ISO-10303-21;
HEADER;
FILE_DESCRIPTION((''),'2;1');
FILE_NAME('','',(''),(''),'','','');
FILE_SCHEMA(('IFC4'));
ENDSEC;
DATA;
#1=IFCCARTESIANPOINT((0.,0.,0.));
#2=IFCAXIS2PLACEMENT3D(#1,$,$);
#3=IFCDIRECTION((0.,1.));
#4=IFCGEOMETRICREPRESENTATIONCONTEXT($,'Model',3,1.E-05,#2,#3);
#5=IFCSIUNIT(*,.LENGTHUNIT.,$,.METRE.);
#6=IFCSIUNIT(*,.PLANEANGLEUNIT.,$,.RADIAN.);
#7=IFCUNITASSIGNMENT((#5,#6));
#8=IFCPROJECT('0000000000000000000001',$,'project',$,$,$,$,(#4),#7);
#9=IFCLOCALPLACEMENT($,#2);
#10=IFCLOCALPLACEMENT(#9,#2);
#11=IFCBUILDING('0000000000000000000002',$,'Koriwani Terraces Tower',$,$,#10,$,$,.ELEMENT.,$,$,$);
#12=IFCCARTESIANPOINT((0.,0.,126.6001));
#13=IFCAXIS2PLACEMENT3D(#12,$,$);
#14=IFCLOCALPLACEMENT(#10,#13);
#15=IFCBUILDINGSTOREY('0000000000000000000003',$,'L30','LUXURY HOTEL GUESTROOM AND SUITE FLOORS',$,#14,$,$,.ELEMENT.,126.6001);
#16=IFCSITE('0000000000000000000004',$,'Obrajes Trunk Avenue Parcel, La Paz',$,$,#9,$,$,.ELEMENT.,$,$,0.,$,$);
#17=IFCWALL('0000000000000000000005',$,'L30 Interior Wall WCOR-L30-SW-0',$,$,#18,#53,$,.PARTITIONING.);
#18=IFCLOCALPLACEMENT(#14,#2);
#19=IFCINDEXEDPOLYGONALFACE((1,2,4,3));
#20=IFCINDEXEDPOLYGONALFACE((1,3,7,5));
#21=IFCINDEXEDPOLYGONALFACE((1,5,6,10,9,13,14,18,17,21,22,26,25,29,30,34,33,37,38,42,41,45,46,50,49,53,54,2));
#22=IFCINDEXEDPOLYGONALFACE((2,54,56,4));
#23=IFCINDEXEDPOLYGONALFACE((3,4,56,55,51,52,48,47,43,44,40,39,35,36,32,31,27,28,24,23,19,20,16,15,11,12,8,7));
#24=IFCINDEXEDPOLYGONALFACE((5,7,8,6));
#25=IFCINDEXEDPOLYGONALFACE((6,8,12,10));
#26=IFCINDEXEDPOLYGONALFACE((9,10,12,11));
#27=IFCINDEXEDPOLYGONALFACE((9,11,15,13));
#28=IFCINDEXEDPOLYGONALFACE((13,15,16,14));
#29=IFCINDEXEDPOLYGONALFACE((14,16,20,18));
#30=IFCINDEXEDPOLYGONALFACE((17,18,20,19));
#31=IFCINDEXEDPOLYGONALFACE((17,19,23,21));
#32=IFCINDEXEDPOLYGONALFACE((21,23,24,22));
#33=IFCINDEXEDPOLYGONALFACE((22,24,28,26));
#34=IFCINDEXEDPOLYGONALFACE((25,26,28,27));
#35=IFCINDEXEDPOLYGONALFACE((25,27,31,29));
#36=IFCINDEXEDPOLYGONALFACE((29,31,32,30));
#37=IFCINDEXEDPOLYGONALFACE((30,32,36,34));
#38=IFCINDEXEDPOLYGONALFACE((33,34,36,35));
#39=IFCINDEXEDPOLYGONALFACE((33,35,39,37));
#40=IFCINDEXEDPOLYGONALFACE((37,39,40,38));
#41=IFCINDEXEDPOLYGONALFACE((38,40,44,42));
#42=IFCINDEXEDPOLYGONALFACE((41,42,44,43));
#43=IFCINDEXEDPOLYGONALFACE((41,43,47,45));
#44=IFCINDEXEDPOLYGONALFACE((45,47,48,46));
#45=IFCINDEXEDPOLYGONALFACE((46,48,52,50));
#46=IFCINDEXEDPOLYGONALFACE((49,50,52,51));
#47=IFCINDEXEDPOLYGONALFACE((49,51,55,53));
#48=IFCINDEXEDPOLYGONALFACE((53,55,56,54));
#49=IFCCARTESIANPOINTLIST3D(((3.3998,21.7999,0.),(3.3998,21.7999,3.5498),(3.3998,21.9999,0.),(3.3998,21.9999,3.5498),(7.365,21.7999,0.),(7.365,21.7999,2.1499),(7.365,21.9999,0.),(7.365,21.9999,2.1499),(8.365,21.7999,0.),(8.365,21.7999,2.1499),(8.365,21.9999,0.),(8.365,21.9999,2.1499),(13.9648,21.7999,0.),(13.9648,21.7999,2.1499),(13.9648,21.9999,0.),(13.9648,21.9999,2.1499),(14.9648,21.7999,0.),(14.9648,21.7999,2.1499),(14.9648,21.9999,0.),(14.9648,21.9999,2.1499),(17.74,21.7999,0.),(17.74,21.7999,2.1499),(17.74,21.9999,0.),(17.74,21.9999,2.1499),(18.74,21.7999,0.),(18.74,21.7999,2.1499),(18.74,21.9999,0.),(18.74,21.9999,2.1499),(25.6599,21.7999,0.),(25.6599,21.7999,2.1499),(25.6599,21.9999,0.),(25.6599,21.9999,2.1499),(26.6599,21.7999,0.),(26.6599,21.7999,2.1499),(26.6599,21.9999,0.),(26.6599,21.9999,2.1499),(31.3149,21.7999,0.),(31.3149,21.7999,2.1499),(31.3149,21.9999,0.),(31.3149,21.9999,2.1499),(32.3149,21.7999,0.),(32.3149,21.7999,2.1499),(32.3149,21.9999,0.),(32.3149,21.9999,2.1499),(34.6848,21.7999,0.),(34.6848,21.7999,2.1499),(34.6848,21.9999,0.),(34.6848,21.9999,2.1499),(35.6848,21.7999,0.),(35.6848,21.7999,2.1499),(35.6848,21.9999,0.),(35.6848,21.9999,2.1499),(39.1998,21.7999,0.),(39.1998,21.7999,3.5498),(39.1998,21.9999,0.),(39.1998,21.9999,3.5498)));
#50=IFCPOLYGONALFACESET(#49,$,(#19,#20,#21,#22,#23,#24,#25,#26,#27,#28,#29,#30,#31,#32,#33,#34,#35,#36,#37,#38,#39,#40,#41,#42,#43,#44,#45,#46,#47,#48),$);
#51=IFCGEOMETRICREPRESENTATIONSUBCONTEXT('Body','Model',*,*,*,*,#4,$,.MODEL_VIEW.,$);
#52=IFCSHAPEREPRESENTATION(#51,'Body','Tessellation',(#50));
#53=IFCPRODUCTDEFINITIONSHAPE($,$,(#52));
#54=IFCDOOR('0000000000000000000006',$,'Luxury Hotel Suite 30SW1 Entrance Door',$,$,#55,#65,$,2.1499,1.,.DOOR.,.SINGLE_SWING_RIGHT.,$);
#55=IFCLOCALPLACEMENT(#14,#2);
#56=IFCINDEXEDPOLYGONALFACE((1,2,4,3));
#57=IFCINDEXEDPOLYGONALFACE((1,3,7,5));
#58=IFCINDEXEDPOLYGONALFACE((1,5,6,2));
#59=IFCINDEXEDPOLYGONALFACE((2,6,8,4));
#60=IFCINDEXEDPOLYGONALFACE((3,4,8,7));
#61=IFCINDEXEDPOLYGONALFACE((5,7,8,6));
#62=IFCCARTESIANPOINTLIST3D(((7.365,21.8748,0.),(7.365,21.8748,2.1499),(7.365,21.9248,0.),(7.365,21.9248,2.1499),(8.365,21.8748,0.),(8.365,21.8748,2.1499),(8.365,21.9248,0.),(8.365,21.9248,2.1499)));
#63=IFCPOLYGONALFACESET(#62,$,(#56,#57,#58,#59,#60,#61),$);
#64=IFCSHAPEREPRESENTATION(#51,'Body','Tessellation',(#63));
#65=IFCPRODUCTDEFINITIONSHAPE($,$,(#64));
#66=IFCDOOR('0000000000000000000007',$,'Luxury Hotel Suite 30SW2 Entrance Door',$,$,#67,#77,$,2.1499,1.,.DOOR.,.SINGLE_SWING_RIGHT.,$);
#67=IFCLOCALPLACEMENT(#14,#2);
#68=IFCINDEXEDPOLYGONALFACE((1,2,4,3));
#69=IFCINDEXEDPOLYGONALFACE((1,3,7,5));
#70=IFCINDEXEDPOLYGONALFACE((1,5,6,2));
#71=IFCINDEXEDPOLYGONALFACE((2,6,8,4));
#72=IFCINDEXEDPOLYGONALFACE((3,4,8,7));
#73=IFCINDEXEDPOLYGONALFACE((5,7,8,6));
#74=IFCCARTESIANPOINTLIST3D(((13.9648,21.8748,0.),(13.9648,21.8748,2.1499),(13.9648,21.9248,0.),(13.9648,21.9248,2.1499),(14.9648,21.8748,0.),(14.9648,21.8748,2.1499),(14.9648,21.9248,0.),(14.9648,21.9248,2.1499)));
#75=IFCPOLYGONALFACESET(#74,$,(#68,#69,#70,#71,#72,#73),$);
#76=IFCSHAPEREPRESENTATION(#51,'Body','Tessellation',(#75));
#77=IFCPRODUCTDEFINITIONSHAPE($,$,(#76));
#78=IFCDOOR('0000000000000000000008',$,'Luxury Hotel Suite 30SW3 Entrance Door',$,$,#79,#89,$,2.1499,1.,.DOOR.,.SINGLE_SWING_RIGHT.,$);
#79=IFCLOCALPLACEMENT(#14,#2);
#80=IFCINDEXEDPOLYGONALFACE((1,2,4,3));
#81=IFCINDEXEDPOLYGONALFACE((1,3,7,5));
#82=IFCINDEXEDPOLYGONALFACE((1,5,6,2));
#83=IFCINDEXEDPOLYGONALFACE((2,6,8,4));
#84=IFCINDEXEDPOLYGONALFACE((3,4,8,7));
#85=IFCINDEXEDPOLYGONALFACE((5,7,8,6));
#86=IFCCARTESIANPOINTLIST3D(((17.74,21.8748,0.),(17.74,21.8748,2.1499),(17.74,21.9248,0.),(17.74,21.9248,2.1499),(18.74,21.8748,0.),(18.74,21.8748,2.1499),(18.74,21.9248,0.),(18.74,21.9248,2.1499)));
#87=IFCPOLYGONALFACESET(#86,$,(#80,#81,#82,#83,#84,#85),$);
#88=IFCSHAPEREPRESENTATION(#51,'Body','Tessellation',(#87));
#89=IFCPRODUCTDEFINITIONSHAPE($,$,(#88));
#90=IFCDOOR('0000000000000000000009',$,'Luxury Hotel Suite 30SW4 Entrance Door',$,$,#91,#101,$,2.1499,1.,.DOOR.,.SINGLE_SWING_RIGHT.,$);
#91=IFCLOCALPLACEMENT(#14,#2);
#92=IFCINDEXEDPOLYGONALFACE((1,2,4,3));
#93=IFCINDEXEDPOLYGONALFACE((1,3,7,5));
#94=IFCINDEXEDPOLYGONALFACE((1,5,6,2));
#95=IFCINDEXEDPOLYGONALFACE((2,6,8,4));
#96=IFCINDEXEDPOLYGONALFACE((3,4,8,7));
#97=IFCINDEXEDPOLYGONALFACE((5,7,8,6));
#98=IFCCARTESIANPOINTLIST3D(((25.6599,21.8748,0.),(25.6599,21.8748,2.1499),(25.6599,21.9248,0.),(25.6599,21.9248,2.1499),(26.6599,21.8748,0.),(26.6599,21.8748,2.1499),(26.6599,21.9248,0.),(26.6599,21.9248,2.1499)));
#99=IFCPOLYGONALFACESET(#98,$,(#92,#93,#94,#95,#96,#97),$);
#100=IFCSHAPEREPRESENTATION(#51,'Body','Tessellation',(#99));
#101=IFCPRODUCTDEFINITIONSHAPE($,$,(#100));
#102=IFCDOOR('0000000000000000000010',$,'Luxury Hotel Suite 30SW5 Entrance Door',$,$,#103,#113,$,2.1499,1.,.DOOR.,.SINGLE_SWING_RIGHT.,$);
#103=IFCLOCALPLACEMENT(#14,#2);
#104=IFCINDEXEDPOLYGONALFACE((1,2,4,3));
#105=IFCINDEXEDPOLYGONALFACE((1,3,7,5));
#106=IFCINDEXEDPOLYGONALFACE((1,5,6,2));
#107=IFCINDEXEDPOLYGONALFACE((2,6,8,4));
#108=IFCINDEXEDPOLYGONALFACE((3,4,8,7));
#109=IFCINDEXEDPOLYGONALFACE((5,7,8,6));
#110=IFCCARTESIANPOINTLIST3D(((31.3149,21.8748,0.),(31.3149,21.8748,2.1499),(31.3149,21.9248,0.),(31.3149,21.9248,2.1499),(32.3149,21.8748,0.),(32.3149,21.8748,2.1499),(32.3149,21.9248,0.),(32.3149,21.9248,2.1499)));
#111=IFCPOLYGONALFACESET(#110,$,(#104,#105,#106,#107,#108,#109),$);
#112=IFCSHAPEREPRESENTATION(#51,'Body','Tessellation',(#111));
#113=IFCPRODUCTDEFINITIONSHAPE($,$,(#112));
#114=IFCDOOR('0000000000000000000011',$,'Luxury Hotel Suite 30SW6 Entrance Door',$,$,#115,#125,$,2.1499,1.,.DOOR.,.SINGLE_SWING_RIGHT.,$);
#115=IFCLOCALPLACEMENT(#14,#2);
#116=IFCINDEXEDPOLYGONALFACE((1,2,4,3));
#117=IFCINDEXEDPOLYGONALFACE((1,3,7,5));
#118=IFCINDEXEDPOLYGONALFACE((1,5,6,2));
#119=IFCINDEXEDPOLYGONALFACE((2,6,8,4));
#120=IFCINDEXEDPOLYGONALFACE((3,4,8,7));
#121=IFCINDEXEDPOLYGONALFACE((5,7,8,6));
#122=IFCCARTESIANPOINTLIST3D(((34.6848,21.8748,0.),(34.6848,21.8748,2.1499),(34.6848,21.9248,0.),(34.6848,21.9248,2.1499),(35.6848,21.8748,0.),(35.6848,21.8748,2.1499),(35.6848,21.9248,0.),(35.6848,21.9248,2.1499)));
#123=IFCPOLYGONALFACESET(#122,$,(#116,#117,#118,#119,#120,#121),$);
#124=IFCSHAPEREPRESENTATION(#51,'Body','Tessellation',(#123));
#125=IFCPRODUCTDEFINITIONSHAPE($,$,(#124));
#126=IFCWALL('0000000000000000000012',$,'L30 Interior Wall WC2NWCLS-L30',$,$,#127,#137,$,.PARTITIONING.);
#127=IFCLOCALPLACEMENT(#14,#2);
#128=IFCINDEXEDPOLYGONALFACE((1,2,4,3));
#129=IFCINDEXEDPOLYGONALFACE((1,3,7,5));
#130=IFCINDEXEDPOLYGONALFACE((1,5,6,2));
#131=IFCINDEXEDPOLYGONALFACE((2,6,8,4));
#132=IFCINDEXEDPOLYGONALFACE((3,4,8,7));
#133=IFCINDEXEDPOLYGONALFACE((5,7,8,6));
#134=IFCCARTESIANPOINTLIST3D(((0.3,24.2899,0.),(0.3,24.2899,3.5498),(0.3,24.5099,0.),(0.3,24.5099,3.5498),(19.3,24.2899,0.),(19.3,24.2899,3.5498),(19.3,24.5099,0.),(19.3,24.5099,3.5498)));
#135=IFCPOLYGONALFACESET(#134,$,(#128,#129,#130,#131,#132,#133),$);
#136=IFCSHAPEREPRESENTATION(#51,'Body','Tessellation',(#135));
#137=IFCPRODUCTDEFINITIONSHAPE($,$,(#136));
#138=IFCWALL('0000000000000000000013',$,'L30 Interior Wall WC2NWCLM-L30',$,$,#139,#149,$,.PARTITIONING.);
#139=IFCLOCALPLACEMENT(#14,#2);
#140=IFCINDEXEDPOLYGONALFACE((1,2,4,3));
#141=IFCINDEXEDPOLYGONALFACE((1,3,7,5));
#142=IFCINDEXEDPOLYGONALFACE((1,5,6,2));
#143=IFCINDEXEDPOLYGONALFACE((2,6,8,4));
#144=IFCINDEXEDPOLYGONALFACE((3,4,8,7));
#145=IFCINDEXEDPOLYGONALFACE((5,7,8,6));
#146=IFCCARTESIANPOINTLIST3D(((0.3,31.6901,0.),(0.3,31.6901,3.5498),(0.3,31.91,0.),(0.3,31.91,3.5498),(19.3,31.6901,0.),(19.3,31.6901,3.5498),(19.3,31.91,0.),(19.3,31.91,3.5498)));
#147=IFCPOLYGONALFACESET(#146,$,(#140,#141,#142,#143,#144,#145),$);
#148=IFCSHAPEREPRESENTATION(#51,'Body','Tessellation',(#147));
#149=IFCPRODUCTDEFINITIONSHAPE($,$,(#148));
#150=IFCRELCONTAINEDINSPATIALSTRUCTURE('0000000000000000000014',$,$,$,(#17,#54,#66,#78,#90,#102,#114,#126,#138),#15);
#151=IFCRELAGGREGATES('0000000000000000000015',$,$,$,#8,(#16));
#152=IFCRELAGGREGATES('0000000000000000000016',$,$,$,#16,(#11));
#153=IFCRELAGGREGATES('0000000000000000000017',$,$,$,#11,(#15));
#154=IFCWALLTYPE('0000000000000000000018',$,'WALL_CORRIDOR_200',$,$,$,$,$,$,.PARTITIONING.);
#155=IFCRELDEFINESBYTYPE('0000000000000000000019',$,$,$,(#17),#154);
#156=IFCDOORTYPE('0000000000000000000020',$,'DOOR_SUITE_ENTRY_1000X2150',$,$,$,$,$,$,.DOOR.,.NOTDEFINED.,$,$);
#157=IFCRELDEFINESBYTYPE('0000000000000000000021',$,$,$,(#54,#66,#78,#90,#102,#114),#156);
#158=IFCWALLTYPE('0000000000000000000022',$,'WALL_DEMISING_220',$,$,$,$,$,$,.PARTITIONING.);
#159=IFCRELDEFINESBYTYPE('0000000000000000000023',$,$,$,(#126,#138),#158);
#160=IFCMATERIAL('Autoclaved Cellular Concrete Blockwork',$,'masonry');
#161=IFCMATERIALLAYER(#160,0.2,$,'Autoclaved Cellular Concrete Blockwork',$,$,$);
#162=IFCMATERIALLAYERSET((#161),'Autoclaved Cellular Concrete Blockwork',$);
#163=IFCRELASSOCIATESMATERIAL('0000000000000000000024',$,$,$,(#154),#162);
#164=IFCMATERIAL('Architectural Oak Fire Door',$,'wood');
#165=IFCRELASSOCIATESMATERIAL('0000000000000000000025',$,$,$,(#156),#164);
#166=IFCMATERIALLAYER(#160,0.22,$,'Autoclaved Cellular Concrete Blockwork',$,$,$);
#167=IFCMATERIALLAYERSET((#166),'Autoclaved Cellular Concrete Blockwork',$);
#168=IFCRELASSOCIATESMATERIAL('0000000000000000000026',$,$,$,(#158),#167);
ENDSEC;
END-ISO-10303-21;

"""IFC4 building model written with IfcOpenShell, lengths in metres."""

from ifc_helpers import new_model, si_unit, direction, frame, frame_2d, origin, place, context, subcontext, project, spatial, rectangle, extrude, material, layer, layer_set, type_object, element, fill, save


model = new_model("IFC4")

# Units and contexts
model_context = context("Model", 3, precision=1e-05, world=origin(), true_north=direction((0.0, 1.0)))
body_context = subcontext(model_context, "Body", "Model", "MODEL_VIEW")
ifc_project = project(units=[si_unit("LENGTHUNIT", "METRE"), si_unit("PLANEANGLEUNIT", "RADIAN")], contexts=[model_context])

# Site, building, storey
site_placement = place(None, origin())
site = spatial("IfcSite", under=ifc_project, at=site_placement, Name="Obrajes Trunk Avenue Parcel, La Paz", CompositionType="ELEMENT", RefElevation=0.0)
building_placement = place(site_placement, origin())
building = spatial("IfcBuilding", under=site, at=building_placement, Name="Koriwani Terraces Tower", CompositionType="ELEMENT")
storey_placement = place(building_placement, frame((0.0, 0.0, 126.6001)))
storey = spatial("IfcBuildingStorey", under=building, at=storey_placement, Name="L30", Description="LUXURY HOTEL GUESTROOM AND SUITE FLOORS", CompositionType="ELEMENT", Elevation=126.6001)

# Wall, openings, doors
ifc_material_1 = material(Name="Autoclaved Cellular Concrete Blockwork", Category="masonry")
ifc_layer_1 = layer(ifc_material_1, 0.2, Name="Autoclaved Cellular Concrete Blockwork")
ifc_layer_set_1 = layer_set([ifc_layer_1], Name="Autoclaved Cellular Concrete Blockwork")
wall_type_1 = type_object("IfcWallType", Name="WALL_CORRIDOR_200", PredefinedType="PARTITIONING", material=ifc_layer_set_1)
wall_placement = place(storey_placement, frame((3.3999, 21.8999, 0.0), z_axis=(0.0, 0.0, 1.0), x_axis=(1.0, 0.0, 0.0)))
wall = element("IfcWall", 1, at=wall_placement, inside=storey, type_object=wall_type_1, Name="L30 Interior Wall WCOR-L30-SW-0", PredefinedType="PARTITIONING", context=body_context, shape_type="SweptSolid", body=[
    extrude(rectangle(XDim=35.8, YDim=0.2, at=frame_2d((17.8999, 0.0))), origin(), (0.0, 0.0, 1.0), 3.5498),
])
opening_1_placement = place(wall_placement, frame((3.9651, 0.0, 0.0)))
opening_1 = element("IfcOpeningElement", 2, at=opening_1_placement, cuts=wall, PredefinedType="OPENING", context=body_context, shape_type="SweptSolid", body=[
    extrude(rectangle(XDim=1.0, YDim=2.1499, at=frame_2d((0.5, 1.075))), frame((0.0, 0.1099, 0.0), z_axis=(0.0, -1.0, 0.0), x_axis=(1.0, 0.0, 0.0)), (0.0, 0.0, 1.0), 0.22),
])
opening_2_placement = place(wall_placement, frame((10.5649, 0.0, 0.0)))
opening_2 = element("IfcOpeningElement", 3, at=opening_2_placement, cuts=wall, PredefinedType="OPENING", context=body_context, shape_type="SweptSolid", body=[
    extrude(rectangle(XDim=1.0, YDim=2.1499, at=frame_2d((0.5, 1.075))), frame((0.0, 0.1099, 0.0), z_axis=(0.0, -1.0, 0.0), x_axis=(1.0, 0.0, 0.0)), (0.0, 0.0, 1.0), 0.22),
])
opening_3_placement = place(wall_placement, frame((14.3401, 0.0, 0.0)))
opening_3 = element("IfcOpeningElement", 4, at=opening_3_placement, cuts=wall, PredefinedType="OPENING", context=body_context, shape_type="SweptSolid", body=[
    extrude(rectangle(XDim=1.0, YDim=2.1499, at=frame_2d((0.5, 1.075))), frame((0.0, 0.1099, 0.0), z_axis=(0.0, -1.0, 0.0), x_axis=(1.0, 0.0, 0.0)), (0.0, 0.0, 1.0), 0.22),
])
opening_4_placement = place(wall_placement, frame((22.26, 0.0, 0.0)))
opening_4 = element("IfcOpeningElement", 5, at=opening_4_placement, cuts=wall, PredefinedType="OPENING", context=body_context, shape_type="SweptSolid", body=[
    extrude(rectangle(XDim=1.0, YDim=2.1499, at=frame_2d((0.5, 1.075))), frame((0.0, 0.1099, 0.0), z_axis=(0.0, -1.0, 0.0), x_axis=(1.0, 0.0, 0.0)), (0.0, 0.0, 1.0), 0.22),
])
opening_5_placement = place(wall_placement, frame((27.915, 0.0, 0.0)))
opening_5 = element("IfcOpeningElement", 6, at=opening_5_placement, cuts=wall, PredefinedType="OPENING", context=body_context, shape_type="SweptSolid", body=[
    extrude(rectangle(XDim=1.0, YDim=2.1499, at=frame_2d((0.5, 1.075))), frame((0.0, 0.1099, 0.0), z_axis=(0.0, -1.0, 0.0), x_axis=(1.0, 0.0, 0.0)), (0.0, 0.0, 1.0), 0.22),
])
opening_6_placement = place(wall_placement, frame((31.2849, 0.0, 0.0)))
opening_6 = element("IfcOpeningElement", 7, at=opening_6_placement, cuts=wall, PredefinedType="OPENING", context=body_context, shape_type="SweptSolid", body=[
    extrude(rectangle(XDim=1.0, YDim=2.1499, at=frame_2d((0.5, 1.075))), frame((0.0, 0.1099, 0.0), z_axis=(0.0, -1.0, 0.0), x_axis=(1.0, 0.0, 0.0)), (0.0, 0.0, 1.0), 0.22),
])
ifc_material_2 = material(Name="Architectural Oak Fire Door", Category="wood")
door_type = type_object("IfcDoorType", Name="DOOR_SUITE_ENTRY_1000X2150", OperationType="NOTDEFINED", PredefinedType="DOOR", material=ifc_material_2)
door_1_placement = place(opening_1_placement, origin())
door_1 = element("IfcDoor", 8, at=door_1_placement, inside=storey, type_object=door_type, Name="Luxury Hotel Suite 30SW1 Entrance Door", OperationType="SINGLE_SWING_RIGHT", OverallHeight=2.1499, OverallWidth=1.0, PredefinedType="DOOR", context=body_context, shape_type="SweptSolid", body=[
    extrude(rectangle(XDim=1.0, YDim=2.1499, at=frame_2d((0.5, 1.075))), frame((0.0, 0.0249, 0.0), z_axis=(0.0, -1.0, 0.0), x_axis=(1.0, 0.0, 0.0)), (0.0, 0.0, 1.0), 0.05),
])
fill(opening_1, door_1)
door_2_placement = place(opening_2_placement, origin())
door_2 = element("IfcDoor", 9, at=door_2_placement, inside=storey, type_object=door_type, Name="Luxury Hotel Suite 30SW2 Entrance Door", OperationType="SINGLE_SWING_RIGHT", OverallHeight=2.1499, OverallWidth=1.0, PredefinedType="DOOR", context=body_context, shape_type="SweptSolid", body=[
    extrude(rectangle(XDim=1.0, YDim=2.1499, at=frame_2d((0.5, 1.075))), frame((0.0, 0.0249, 0.0), z_axis=(0.0, -1.0, 0.0), x_axis=(1.0, 0.0, 0.0)), (0.0, 0.0, 1.0), 0.05),
])
fill(opening_2, door_2)
door_3_placement = place(opening_3_placement, origin())
door_3 = element("IfcDoor", 10, at=door_3_placement, inside=storey, type_object=door_type, Name="Luxury Hotel Suite 30SW3 Entrance Door", OperationType="SINGLE_SWING_RIGHT", OverallHeight=2.1499, OverallWidth=1.0, PredefinedType="DOOR", context=body_context, shape_type="SweptSolid", body=[
    extrude(rectangle(XDim=1.0, YDim=2.1499, at=frame_2d((0.5, 1.075))), frame((0.0, 0.0249, 0.0), z_axis=(0.0, -1.0, 0.0), x_axis=(1.0, 0.0, 0.0)), (0.0, 0.0, 1.0), 0.05),
])
fill(opening_3, door_3)
door_4_placement = place(opening_4_placement, origin())
door_4 = element("IfcDoor", 11, at=door_4_placement, inside=storey, type_object=door_type, Name="Luxury Hotel Suite 30SW4 Entrance Door", OperationType="SINGLE_SWING_RIGHT", OverallHeight=2.1499, OverallWidth=1.0, PredefinedType="DOOR", context=body_context, shape_type="SweptSolid", body=[
    extrude(rectangle(XDim=1.0, YDim=2.1499, at=frame_2d((0.5, 1.075))), frame((0.0, 0.0249, 0.0), z_axis=(0.0, -1.0, 0.0), x_axis=(1.0, 0.0, 0.0)), (0.0, 0.0, 1.0), 0.05),
])
fill(opening_4, door_4)
door_5_placement = place(opening_5_placement, origin())
door_5 = element("IfcDoor", 12, at=door_5_placement, inside=storey, type_object=door_type, Name="Luxury Hotel Suite 30SW5 Entrance Door", OperationType="SINGLE_SWING_RIGHT", OverallHeight=2.1499, OverallWidth=1.0, PredefinedType="DOOR", context=body_context, shape_type="SweptSolid", body=[
    extrude(rectangle(XDim=1.0, YDim=2.1499, at=frame_2d((0.5, 1.075))), frame((0.0, 0.0249, 0.0), z_axis=(0.0, -1.0, 0.0), x_axis=(1.0, 0.0, 0.0)), (0.0, 0.0, 1.0), 0.05),
])
fill(opening_5, door_5)
door_6_placement = place(opening_6_placement, origin())
door_6 = element("IfcDoor", 13, at=door_6_placement, inside=storey, type_object=door_type, Name="Luxury Hotel Suite 30SW6 Entrance Door", OperationType="SINGLE_SWING_RIGHT", OverallHeight=2.1499, OverallWidth=1.0, PredefinedType="DOOR", context=body_context, shape_type="SweptSolid", body=[
    extrude(rectangle(XDim=1.0, YDim=2.1499, at=frame_2d((0.5, 1.075))), frame((0.0, 0.0249, 0.0), z_axis=(0.0, -1.0, 0.0), x_axis=(1.0, 0.0, 0.0)), (0.0, 0.0, 1.0), 0.05),
])
fill(opening_6, door_6)

# Walls
ifc_layer_2 = layer(ifc_material_1, 0.22, Name="Autoclaved Cellular Concrete Blockwork")
ifc_layer_set_2 = layer_set([ifc_layer_2], Name="Autoclaved Cellular Concrete Blockwork")
wall_type_2 = type_object("IfcWallType", Name="WALL_DEMISING_220", PredefinedType="PARTITIONING", material=ifc_layer_set_2)
for number, where, z_axis, x_axis, name in (
    (14, (0.3, 24.3999, 0.0), (0.0, 0.0, 1.0), (1.0, 0.0, 0.0), "L30 Interior Wall WC2NWCLS-L30"),
    (15, (0.3, 31.8, 0.0), (0.0, 0.0, 1.0), (1.0, 0.0, 0.0), "L30 Interior Wall WC2NWCLM-L30"),
):
    element("IfcWall", number, at=place(storey_placement, frame(where, z_axis=z_axis, x_axis=x_axis)), inside=storey, type_object=wall_type_2, Name=name, PredefinedType="PARTITIONING", context=body_context, shape_type="SweptSolid", body=[
        extrude(rectangle(XDim=19.0, YDim=0.22, at=frame_2d((9.5, 0.0))), origin(), (0.0, 0.0, 1.0), 3.5498),
    ])

save(model, "model.ifc")
